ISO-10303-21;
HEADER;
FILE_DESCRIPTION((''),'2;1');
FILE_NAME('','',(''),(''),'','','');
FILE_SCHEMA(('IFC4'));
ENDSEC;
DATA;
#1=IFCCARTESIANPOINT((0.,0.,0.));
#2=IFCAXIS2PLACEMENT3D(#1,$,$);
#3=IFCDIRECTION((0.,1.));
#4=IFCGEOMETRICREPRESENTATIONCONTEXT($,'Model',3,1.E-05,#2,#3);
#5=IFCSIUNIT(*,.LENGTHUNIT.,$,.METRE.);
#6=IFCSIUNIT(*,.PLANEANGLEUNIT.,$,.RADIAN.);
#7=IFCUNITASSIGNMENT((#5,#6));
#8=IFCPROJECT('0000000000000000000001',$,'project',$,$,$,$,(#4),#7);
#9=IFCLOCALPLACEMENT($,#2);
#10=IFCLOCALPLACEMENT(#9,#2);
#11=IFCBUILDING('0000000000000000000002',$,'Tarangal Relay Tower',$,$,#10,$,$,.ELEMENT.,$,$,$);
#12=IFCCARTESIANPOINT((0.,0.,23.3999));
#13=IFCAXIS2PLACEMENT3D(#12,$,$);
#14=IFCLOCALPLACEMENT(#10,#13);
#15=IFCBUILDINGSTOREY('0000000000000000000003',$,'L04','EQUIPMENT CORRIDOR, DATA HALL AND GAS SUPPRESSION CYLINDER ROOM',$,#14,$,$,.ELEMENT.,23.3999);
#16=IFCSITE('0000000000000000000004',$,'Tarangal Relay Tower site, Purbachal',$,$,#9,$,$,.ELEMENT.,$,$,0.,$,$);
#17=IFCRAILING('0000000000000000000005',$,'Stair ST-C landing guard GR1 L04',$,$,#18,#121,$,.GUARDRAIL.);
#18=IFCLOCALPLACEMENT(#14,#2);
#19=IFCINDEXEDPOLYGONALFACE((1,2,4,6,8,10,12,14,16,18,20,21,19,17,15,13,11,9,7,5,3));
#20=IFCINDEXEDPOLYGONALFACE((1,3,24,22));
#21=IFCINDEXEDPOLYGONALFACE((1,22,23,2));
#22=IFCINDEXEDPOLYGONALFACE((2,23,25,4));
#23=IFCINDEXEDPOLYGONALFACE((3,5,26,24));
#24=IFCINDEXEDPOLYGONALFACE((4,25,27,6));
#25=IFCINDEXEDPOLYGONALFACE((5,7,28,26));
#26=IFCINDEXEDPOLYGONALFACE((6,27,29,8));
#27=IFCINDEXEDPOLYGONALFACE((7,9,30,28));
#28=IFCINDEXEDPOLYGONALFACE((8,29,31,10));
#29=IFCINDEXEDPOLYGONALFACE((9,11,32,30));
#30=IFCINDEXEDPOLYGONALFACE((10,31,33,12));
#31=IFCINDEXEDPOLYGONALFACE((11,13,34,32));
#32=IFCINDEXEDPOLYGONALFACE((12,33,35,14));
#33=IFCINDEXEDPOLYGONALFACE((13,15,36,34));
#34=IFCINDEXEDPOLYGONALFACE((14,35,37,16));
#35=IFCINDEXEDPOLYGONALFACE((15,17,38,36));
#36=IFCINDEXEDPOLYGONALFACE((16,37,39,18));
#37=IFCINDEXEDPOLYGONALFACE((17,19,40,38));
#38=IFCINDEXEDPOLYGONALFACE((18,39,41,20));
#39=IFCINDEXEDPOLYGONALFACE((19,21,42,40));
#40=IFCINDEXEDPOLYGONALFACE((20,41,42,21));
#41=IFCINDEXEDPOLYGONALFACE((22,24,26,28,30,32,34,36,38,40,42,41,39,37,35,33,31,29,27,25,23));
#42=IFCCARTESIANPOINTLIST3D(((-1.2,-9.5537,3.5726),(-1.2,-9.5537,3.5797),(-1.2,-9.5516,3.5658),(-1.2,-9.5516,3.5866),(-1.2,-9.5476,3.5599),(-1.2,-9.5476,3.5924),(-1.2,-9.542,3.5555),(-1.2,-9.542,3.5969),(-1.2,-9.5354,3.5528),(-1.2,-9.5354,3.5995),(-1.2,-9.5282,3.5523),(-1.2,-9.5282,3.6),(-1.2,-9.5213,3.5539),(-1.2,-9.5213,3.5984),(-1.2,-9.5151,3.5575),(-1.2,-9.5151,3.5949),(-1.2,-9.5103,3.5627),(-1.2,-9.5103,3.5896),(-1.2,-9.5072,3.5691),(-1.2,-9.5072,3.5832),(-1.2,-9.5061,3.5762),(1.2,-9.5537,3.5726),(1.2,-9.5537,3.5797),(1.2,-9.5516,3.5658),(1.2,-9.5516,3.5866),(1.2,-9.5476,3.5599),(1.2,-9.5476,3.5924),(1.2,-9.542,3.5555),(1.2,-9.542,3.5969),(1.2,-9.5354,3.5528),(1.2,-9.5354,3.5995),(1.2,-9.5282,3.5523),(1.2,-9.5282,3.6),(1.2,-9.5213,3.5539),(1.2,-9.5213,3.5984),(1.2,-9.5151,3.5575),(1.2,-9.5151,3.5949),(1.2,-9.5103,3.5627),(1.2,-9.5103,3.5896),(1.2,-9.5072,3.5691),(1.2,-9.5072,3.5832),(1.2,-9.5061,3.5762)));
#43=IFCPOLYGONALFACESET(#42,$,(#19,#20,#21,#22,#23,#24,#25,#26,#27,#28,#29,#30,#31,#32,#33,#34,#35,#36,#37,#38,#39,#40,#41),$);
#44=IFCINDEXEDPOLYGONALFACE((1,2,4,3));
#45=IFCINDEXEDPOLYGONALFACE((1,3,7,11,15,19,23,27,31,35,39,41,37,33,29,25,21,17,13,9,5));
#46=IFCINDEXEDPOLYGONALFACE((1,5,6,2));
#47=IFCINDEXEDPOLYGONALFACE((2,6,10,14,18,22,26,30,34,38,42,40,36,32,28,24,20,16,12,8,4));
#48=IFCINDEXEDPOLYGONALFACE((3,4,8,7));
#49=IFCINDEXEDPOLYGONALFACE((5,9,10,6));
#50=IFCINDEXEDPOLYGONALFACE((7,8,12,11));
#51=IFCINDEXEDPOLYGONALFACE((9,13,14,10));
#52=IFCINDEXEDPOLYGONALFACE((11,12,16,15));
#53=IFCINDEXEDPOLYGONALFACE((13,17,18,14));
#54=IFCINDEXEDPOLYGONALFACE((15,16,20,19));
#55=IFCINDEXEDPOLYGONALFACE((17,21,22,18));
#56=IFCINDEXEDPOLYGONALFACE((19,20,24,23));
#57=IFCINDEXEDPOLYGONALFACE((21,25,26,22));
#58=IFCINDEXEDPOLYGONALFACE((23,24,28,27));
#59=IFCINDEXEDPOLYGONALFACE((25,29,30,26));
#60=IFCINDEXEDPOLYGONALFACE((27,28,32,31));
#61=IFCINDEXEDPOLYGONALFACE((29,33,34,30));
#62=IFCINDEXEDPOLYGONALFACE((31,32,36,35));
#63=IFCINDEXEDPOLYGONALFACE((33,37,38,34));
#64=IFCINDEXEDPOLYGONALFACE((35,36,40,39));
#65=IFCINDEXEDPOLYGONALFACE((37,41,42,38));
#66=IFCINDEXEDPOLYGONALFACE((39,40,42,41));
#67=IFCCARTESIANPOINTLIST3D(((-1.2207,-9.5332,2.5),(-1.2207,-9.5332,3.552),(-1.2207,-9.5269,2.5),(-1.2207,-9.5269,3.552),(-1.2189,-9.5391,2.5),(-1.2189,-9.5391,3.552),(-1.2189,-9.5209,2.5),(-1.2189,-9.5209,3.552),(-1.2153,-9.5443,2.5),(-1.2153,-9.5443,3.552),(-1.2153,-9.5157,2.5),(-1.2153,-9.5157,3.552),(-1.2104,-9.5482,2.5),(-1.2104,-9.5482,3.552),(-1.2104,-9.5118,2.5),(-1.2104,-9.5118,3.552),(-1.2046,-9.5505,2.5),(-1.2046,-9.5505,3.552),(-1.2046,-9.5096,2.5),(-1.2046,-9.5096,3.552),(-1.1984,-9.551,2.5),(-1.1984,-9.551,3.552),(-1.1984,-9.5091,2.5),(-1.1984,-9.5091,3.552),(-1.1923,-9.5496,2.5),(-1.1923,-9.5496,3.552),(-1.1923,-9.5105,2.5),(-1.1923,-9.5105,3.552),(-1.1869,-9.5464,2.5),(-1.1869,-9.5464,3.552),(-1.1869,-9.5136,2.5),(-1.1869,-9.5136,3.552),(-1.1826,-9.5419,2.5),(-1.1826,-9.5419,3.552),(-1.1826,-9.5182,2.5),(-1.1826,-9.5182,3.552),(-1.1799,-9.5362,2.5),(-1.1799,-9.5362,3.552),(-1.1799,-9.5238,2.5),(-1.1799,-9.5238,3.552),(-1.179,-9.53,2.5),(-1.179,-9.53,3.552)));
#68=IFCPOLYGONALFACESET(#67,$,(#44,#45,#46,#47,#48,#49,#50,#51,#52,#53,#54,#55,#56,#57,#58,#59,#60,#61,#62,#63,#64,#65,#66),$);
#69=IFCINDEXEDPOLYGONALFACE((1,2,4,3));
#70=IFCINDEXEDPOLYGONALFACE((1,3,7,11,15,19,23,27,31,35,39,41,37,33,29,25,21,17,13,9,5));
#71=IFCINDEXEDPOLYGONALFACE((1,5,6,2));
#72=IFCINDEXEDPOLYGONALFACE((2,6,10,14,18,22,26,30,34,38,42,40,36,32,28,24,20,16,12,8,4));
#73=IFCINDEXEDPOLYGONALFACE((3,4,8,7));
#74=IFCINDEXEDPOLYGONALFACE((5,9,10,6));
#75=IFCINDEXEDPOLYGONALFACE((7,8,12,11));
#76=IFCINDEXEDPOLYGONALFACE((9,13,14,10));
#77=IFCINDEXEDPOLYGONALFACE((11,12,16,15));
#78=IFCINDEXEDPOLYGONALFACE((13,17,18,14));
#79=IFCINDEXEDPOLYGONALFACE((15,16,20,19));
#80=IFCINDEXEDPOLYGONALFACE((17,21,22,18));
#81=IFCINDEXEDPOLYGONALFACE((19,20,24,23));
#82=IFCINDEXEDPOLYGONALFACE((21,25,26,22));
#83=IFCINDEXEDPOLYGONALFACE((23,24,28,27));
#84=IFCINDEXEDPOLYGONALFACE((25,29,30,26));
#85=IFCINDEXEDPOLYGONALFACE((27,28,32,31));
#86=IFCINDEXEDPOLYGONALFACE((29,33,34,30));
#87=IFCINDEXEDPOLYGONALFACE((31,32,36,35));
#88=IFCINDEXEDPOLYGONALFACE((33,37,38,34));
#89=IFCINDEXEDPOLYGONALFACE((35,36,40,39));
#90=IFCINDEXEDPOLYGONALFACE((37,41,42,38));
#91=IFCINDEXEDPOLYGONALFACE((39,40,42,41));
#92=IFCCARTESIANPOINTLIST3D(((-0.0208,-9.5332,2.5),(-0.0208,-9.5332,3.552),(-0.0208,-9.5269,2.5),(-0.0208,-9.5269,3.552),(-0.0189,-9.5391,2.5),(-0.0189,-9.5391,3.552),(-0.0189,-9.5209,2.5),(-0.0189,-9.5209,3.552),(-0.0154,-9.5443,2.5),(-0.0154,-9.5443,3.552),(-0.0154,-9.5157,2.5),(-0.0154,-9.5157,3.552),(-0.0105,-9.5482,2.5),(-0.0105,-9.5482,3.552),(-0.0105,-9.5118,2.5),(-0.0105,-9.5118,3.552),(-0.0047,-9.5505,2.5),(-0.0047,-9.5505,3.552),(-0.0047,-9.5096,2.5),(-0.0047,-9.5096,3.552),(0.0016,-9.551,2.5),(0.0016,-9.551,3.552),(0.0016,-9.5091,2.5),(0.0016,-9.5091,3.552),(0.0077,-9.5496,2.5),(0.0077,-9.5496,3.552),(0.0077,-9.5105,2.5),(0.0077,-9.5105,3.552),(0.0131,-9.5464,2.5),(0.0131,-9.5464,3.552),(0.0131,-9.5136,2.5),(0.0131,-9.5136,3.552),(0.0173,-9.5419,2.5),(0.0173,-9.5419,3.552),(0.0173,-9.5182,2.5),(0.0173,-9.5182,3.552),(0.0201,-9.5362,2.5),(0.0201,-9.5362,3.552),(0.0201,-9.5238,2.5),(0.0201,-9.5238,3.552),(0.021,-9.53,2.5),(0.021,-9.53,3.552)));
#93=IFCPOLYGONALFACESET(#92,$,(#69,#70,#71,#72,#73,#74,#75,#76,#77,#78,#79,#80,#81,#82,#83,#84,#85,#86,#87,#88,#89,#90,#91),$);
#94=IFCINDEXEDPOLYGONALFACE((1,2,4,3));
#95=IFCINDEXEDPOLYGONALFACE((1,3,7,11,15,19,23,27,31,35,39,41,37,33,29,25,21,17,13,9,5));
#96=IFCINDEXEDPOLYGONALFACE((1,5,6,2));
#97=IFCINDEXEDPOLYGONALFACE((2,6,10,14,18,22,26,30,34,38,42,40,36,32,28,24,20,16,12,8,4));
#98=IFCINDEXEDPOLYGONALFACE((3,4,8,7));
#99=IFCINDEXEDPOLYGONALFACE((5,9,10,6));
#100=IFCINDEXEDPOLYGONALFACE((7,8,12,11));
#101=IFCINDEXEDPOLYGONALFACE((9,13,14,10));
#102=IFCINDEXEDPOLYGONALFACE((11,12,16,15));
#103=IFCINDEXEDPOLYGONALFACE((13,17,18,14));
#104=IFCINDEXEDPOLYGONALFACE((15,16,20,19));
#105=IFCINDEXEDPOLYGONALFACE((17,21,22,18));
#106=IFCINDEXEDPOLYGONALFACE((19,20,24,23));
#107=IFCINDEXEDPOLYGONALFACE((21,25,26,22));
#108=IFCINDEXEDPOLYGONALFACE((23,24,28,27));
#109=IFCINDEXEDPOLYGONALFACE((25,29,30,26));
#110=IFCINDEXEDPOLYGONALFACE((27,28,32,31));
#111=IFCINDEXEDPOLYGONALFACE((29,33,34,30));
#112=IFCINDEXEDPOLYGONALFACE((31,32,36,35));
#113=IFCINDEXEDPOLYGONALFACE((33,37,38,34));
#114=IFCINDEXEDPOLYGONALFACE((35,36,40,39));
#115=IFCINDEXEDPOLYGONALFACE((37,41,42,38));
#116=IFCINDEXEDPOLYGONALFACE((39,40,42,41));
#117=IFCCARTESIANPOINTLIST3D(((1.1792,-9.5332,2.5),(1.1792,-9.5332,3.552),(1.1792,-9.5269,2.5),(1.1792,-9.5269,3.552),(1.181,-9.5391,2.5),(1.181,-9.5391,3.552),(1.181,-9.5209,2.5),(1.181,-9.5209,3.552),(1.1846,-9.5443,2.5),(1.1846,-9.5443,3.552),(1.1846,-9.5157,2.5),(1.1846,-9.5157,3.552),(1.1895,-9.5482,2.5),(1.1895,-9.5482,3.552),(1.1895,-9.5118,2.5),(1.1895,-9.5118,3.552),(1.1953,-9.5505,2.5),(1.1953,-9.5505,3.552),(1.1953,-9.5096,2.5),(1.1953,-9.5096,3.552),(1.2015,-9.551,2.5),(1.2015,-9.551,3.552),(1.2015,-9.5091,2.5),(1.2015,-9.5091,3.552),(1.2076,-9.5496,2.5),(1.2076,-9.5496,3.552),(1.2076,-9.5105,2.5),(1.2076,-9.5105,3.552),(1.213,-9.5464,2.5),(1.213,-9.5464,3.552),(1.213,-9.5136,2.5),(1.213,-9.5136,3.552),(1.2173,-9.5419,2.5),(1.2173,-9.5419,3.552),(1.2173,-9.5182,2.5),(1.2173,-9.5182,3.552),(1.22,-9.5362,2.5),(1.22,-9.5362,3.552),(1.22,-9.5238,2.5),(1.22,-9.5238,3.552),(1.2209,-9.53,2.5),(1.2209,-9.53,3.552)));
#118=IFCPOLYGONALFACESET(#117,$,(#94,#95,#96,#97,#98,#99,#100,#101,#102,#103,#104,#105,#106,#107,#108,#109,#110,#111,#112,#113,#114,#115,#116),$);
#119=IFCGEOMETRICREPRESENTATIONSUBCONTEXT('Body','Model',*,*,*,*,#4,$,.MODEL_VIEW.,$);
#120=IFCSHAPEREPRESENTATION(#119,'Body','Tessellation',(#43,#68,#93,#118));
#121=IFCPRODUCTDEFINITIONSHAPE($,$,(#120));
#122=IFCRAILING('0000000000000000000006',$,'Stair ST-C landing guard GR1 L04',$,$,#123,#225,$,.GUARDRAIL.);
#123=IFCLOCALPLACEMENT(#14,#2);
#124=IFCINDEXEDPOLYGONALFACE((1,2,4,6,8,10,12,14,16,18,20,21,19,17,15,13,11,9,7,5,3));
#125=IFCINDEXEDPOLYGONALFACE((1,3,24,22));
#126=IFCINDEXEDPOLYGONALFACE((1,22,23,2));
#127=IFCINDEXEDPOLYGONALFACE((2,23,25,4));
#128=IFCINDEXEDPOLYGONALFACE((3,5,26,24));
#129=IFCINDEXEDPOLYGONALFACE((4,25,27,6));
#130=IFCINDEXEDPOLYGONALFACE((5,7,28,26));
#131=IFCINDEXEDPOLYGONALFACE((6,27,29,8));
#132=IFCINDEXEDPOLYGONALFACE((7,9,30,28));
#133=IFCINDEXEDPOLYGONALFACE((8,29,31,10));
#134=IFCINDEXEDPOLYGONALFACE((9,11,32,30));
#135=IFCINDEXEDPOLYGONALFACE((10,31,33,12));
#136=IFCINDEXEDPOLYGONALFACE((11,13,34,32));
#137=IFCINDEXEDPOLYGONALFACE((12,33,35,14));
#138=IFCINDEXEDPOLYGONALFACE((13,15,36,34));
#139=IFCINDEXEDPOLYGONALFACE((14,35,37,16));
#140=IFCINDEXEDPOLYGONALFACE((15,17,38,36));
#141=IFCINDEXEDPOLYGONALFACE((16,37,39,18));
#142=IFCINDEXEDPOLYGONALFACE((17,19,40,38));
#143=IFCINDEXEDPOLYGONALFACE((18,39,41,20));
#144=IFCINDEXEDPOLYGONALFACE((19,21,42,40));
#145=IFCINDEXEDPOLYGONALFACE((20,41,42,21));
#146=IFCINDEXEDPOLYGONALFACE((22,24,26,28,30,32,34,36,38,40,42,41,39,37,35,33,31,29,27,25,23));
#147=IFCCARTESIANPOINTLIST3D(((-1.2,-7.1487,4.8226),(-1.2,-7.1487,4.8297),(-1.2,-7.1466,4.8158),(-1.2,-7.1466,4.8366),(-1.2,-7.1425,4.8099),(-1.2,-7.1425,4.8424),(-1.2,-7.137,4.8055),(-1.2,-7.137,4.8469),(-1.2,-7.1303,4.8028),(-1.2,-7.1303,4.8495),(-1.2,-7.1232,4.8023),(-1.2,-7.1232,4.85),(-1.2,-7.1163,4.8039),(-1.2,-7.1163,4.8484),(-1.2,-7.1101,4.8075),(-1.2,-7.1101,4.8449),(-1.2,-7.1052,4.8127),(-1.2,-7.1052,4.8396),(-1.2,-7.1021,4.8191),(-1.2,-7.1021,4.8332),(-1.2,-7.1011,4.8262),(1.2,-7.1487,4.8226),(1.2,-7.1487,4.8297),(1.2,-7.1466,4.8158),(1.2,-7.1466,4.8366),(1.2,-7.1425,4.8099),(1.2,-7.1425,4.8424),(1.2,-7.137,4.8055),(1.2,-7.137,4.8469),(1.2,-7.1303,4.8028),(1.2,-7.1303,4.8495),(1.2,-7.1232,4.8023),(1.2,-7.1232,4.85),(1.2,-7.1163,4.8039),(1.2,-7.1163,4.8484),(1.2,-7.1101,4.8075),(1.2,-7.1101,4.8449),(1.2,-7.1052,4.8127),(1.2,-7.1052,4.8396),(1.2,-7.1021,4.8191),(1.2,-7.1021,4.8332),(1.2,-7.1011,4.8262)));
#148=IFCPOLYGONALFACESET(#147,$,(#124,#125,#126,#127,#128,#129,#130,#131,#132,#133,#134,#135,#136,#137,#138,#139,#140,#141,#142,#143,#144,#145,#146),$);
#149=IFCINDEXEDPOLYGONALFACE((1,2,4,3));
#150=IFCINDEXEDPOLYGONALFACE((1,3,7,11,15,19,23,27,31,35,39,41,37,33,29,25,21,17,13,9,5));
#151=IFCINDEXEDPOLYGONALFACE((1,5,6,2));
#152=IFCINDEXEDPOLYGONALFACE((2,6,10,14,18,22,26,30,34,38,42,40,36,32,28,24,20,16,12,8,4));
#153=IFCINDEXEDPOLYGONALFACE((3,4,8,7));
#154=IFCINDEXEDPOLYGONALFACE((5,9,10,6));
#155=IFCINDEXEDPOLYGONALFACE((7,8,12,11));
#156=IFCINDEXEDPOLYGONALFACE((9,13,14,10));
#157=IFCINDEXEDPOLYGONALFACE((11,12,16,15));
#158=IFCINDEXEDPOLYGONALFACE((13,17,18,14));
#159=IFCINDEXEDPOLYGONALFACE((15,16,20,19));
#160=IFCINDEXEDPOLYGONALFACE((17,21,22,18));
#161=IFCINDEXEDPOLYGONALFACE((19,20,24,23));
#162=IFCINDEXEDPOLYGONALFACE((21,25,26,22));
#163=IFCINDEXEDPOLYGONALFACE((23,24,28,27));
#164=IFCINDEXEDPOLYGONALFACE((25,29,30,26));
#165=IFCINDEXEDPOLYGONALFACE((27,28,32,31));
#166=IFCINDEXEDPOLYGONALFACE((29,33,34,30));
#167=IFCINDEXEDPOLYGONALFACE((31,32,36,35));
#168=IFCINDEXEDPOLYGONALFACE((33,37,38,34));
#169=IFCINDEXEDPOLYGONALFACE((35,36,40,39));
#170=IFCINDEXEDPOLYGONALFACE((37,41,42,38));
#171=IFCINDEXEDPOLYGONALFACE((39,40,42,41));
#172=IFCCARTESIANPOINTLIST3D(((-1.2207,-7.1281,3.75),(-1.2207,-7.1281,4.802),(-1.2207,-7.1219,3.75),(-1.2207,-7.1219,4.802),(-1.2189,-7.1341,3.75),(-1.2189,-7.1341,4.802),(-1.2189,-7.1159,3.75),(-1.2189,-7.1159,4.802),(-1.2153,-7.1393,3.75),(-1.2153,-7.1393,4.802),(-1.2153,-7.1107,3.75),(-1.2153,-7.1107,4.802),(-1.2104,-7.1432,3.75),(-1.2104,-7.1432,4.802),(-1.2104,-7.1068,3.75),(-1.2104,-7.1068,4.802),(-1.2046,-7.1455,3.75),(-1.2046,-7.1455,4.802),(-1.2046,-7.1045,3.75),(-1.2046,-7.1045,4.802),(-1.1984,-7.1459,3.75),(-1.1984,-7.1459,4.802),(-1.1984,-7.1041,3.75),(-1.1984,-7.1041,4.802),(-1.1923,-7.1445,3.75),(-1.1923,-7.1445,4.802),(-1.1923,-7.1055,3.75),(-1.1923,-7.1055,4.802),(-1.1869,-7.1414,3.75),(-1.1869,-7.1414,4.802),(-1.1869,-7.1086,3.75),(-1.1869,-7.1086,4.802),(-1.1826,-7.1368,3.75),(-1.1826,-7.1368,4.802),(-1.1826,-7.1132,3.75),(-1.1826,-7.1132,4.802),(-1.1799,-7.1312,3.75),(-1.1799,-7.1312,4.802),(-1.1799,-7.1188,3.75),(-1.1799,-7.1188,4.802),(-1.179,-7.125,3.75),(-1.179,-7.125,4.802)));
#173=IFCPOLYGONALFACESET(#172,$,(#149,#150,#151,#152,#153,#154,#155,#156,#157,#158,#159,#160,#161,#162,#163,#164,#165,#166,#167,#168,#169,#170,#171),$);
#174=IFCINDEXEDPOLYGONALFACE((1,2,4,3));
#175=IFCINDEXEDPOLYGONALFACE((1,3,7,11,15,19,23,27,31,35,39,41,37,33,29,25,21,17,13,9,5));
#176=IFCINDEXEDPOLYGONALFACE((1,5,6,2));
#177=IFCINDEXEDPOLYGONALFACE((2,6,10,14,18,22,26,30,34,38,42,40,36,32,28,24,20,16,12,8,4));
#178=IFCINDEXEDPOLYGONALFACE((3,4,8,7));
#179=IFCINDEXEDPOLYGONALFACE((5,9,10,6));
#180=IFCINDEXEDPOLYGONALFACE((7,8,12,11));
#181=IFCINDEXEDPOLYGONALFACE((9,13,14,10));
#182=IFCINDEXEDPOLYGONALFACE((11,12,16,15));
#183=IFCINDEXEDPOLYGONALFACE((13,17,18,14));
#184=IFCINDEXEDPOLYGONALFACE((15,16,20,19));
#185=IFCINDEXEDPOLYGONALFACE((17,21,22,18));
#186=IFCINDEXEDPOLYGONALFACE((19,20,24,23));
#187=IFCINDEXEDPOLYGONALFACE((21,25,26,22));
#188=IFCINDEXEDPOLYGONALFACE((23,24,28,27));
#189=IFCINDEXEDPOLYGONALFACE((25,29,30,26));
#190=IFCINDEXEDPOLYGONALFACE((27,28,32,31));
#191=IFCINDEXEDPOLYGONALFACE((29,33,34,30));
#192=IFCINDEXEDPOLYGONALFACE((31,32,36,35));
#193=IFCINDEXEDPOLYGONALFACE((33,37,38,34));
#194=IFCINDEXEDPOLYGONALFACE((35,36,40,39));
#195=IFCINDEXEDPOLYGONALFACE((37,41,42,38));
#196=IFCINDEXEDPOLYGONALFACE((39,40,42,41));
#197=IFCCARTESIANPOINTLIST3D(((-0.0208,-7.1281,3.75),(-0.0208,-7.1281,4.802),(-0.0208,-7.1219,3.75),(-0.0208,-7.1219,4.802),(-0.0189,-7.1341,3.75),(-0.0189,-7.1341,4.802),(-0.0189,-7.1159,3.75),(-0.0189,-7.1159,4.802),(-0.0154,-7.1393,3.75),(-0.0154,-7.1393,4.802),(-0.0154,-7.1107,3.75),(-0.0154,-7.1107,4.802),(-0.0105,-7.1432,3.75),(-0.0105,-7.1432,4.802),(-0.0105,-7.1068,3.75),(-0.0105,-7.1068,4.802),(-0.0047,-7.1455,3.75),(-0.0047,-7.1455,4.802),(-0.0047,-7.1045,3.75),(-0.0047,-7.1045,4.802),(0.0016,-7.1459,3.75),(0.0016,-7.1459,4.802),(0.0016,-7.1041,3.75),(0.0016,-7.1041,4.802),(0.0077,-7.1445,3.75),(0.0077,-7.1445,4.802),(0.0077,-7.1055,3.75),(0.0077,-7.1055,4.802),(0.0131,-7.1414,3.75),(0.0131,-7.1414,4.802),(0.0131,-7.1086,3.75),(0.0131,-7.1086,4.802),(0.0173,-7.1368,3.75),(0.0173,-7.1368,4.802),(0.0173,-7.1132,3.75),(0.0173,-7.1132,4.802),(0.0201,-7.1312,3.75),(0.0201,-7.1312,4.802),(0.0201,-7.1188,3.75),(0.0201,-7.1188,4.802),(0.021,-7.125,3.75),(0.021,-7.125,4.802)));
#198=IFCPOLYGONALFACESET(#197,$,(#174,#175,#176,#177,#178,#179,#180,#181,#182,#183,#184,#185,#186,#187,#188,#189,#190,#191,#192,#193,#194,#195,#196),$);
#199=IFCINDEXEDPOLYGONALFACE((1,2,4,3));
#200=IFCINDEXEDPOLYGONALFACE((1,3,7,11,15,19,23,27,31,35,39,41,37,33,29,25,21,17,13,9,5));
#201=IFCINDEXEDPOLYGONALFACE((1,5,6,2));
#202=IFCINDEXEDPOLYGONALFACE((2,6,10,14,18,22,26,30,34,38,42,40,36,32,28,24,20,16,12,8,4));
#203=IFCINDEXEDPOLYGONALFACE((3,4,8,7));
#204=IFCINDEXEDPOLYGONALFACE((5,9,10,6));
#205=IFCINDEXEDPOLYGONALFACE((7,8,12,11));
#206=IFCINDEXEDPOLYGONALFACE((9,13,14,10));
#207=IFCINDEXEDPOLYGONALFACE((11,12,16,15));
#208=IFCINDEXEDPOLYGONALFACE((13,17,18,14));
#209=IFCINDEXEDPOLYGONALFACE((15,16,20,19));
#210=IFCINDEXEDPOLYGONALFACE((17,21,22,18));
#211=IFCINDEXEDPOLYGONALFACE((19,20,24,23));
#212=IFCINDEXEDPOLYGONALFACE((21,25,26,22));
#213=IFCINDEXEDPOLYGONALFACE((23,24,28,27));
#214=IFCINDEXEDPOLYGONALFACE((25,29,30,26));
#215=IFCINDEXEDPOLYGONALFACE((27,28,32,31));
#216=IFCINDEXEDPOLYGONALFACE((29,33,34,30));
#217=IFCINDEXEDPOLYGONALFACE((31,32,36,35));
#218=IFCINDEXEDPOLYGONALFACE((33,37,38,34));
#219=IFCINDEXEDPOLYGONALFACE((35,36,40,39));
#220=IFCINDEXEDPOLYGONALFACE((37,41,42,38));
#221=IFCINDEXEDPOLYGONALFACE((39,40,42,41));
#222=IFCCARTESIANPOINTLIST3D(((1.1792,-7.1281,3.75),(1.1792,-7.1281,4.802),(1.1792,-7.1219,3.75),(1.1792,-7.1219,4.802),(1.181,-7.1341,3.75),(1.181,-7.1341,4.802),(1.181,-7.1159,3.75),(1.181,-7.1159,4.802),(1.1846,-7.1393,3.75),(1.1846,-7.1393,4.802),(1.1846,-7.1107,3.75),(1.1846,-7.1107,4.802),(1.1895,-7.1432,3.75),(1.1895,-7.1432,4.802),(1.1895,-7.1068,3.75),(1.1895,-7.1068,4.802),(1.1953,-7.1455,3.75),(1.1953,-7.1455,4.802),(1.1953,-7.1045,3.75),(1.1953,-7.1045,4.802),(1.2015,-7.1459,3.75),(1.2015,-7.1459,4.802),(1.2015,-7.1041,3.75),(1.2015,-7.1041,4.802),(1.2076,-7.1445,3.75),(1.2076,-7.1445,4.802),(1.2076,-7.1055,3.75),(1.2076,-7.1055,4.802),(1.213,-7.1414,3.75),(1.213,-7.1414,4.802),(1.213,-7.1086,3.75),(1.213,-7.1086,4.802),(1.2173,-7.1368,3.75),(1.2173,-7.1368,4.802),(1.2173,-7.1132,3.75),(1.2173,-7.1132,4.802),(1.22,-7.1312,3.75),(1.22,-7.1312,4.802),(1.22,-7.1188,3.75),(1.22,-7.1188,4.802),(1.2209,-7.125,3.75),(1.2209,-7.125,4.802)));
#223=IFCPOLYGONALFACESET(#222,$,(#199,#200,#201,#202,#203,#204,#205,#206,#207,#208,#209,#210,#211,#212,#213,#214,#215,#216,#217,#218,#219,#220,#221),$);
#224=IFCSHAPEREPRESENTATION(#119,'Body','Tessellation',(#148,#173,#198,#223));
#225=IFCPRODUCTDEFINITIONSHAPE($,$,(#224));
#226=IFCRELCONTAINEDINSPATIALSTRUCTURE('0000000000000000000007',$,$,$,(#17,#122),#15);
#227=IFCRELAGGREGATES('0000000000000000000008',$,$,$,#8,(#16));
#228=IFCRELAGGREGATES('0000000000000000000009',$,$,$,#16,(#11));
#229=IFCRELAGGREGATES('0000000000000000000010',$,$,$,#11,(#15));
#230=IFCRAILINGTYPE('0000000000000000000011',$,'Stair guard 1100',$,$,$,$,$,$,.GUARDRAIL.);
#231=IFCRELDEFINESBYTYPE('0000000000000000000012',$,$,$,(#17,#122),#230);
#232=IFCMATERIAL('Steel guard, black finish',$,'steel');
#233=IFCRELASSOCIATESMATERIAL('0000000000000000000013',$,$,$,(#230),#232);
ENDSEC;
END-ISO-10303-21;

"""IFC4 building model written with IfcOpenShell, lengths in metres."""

from ifc_helpers import new_model, si_unit, direction, frame, origin, origin_2d, place, context, subcontext, project, spatial, circle, extrude, material, type_object, element, save


model = new_model("IFC4")

# Units and contexts
model_context = context("Model", 3, precision=1e-05, world=origin(), true_north=direction((0.0, 1.0)))
body_context = subcontext(model_context, "Body", "Model", "MODEL_VIEW")
ifc_project = project(units=[si_unit("LENGTHUNIT", "METRE"), si_unit("PLANEANGLEUNIT", "RADIAN")], contexts=[model_context])

# Site, building, storey
site_placement = place(None, origin())
site = spatial("IfcSite", under=ifc_project, at=site_placement, Name="Tarangal Relay Tower site, Purbachal", CompositionType="ELEMENT", RefElevation=0.0)
building_placement = place(site_placement, origin())
building = spatial("IfcBuilding", under=site, at=building_placement, Name="Tarangal Relay Tower", CompositionType="ELEMENT")
storey_placement = place(building_placement, frame((0.0, 0.0, 23.3999)))
storey = spatial("IfcBuildingStorey", under=building, at=storey_placement, Name="L04", Description="EQUIPMENT CORRIDOR, DATA HALL AND GAS SUPPRESSION CYLINDER ROOM", CompositionType="ELEMENT", Elevation=23.3999)

# Railings
ifc_material_1 = material(Name="Steel guard, black finish", Category="steel")
railing_type_1 = type_object("IfcRailingType", Name="Stair guard 1100", PredefinedType="GUARDRAIL", material=ifc_material_1)
for number, where, name in (
    (1, (-1.2, -9.53, 2.5), "Stair ST-C landing guard GR1 L04"),
    (2, (-1.2, -7.125, 3.75), "Stair ST-C landing guard GR1 L04"),
):
    element("IfcRailing", number, at=place(storey_placement, frame(where)), inside=storey, type_object=railing_type_1, Name=name, PredefinedType="GUARDRAIL", context=body_context, shape_type="SweptSolid", body=[
        extrude(circle(Radius=0.0239, at=origin_2d()), frame((0.0, 0.0, 1.0762), z_axis=(1.0, 0.0, 0.0), x_axis=(0.0, 1.0, 0.0)), (0.0, 0.0, 1.0), 2.3999),
        extrude(circle(Radius=0.021, at=origin_2d()), origin(), (0.0, 0.0, 1.0), 1.052),
        extrude(circle(Radius=0.021, at=origin_2d()), frame((1.2, 0.0, 0.0)), (0.0, 0.0, 1.0), 1.052),
        extrude(circle(Radius=0.021, at=origin_2d()), frame((2.3999, 0.0, 0.0)), (0.0, 0.0, 1.0), 1.052),
    ])

save(model, "model.ifc")
